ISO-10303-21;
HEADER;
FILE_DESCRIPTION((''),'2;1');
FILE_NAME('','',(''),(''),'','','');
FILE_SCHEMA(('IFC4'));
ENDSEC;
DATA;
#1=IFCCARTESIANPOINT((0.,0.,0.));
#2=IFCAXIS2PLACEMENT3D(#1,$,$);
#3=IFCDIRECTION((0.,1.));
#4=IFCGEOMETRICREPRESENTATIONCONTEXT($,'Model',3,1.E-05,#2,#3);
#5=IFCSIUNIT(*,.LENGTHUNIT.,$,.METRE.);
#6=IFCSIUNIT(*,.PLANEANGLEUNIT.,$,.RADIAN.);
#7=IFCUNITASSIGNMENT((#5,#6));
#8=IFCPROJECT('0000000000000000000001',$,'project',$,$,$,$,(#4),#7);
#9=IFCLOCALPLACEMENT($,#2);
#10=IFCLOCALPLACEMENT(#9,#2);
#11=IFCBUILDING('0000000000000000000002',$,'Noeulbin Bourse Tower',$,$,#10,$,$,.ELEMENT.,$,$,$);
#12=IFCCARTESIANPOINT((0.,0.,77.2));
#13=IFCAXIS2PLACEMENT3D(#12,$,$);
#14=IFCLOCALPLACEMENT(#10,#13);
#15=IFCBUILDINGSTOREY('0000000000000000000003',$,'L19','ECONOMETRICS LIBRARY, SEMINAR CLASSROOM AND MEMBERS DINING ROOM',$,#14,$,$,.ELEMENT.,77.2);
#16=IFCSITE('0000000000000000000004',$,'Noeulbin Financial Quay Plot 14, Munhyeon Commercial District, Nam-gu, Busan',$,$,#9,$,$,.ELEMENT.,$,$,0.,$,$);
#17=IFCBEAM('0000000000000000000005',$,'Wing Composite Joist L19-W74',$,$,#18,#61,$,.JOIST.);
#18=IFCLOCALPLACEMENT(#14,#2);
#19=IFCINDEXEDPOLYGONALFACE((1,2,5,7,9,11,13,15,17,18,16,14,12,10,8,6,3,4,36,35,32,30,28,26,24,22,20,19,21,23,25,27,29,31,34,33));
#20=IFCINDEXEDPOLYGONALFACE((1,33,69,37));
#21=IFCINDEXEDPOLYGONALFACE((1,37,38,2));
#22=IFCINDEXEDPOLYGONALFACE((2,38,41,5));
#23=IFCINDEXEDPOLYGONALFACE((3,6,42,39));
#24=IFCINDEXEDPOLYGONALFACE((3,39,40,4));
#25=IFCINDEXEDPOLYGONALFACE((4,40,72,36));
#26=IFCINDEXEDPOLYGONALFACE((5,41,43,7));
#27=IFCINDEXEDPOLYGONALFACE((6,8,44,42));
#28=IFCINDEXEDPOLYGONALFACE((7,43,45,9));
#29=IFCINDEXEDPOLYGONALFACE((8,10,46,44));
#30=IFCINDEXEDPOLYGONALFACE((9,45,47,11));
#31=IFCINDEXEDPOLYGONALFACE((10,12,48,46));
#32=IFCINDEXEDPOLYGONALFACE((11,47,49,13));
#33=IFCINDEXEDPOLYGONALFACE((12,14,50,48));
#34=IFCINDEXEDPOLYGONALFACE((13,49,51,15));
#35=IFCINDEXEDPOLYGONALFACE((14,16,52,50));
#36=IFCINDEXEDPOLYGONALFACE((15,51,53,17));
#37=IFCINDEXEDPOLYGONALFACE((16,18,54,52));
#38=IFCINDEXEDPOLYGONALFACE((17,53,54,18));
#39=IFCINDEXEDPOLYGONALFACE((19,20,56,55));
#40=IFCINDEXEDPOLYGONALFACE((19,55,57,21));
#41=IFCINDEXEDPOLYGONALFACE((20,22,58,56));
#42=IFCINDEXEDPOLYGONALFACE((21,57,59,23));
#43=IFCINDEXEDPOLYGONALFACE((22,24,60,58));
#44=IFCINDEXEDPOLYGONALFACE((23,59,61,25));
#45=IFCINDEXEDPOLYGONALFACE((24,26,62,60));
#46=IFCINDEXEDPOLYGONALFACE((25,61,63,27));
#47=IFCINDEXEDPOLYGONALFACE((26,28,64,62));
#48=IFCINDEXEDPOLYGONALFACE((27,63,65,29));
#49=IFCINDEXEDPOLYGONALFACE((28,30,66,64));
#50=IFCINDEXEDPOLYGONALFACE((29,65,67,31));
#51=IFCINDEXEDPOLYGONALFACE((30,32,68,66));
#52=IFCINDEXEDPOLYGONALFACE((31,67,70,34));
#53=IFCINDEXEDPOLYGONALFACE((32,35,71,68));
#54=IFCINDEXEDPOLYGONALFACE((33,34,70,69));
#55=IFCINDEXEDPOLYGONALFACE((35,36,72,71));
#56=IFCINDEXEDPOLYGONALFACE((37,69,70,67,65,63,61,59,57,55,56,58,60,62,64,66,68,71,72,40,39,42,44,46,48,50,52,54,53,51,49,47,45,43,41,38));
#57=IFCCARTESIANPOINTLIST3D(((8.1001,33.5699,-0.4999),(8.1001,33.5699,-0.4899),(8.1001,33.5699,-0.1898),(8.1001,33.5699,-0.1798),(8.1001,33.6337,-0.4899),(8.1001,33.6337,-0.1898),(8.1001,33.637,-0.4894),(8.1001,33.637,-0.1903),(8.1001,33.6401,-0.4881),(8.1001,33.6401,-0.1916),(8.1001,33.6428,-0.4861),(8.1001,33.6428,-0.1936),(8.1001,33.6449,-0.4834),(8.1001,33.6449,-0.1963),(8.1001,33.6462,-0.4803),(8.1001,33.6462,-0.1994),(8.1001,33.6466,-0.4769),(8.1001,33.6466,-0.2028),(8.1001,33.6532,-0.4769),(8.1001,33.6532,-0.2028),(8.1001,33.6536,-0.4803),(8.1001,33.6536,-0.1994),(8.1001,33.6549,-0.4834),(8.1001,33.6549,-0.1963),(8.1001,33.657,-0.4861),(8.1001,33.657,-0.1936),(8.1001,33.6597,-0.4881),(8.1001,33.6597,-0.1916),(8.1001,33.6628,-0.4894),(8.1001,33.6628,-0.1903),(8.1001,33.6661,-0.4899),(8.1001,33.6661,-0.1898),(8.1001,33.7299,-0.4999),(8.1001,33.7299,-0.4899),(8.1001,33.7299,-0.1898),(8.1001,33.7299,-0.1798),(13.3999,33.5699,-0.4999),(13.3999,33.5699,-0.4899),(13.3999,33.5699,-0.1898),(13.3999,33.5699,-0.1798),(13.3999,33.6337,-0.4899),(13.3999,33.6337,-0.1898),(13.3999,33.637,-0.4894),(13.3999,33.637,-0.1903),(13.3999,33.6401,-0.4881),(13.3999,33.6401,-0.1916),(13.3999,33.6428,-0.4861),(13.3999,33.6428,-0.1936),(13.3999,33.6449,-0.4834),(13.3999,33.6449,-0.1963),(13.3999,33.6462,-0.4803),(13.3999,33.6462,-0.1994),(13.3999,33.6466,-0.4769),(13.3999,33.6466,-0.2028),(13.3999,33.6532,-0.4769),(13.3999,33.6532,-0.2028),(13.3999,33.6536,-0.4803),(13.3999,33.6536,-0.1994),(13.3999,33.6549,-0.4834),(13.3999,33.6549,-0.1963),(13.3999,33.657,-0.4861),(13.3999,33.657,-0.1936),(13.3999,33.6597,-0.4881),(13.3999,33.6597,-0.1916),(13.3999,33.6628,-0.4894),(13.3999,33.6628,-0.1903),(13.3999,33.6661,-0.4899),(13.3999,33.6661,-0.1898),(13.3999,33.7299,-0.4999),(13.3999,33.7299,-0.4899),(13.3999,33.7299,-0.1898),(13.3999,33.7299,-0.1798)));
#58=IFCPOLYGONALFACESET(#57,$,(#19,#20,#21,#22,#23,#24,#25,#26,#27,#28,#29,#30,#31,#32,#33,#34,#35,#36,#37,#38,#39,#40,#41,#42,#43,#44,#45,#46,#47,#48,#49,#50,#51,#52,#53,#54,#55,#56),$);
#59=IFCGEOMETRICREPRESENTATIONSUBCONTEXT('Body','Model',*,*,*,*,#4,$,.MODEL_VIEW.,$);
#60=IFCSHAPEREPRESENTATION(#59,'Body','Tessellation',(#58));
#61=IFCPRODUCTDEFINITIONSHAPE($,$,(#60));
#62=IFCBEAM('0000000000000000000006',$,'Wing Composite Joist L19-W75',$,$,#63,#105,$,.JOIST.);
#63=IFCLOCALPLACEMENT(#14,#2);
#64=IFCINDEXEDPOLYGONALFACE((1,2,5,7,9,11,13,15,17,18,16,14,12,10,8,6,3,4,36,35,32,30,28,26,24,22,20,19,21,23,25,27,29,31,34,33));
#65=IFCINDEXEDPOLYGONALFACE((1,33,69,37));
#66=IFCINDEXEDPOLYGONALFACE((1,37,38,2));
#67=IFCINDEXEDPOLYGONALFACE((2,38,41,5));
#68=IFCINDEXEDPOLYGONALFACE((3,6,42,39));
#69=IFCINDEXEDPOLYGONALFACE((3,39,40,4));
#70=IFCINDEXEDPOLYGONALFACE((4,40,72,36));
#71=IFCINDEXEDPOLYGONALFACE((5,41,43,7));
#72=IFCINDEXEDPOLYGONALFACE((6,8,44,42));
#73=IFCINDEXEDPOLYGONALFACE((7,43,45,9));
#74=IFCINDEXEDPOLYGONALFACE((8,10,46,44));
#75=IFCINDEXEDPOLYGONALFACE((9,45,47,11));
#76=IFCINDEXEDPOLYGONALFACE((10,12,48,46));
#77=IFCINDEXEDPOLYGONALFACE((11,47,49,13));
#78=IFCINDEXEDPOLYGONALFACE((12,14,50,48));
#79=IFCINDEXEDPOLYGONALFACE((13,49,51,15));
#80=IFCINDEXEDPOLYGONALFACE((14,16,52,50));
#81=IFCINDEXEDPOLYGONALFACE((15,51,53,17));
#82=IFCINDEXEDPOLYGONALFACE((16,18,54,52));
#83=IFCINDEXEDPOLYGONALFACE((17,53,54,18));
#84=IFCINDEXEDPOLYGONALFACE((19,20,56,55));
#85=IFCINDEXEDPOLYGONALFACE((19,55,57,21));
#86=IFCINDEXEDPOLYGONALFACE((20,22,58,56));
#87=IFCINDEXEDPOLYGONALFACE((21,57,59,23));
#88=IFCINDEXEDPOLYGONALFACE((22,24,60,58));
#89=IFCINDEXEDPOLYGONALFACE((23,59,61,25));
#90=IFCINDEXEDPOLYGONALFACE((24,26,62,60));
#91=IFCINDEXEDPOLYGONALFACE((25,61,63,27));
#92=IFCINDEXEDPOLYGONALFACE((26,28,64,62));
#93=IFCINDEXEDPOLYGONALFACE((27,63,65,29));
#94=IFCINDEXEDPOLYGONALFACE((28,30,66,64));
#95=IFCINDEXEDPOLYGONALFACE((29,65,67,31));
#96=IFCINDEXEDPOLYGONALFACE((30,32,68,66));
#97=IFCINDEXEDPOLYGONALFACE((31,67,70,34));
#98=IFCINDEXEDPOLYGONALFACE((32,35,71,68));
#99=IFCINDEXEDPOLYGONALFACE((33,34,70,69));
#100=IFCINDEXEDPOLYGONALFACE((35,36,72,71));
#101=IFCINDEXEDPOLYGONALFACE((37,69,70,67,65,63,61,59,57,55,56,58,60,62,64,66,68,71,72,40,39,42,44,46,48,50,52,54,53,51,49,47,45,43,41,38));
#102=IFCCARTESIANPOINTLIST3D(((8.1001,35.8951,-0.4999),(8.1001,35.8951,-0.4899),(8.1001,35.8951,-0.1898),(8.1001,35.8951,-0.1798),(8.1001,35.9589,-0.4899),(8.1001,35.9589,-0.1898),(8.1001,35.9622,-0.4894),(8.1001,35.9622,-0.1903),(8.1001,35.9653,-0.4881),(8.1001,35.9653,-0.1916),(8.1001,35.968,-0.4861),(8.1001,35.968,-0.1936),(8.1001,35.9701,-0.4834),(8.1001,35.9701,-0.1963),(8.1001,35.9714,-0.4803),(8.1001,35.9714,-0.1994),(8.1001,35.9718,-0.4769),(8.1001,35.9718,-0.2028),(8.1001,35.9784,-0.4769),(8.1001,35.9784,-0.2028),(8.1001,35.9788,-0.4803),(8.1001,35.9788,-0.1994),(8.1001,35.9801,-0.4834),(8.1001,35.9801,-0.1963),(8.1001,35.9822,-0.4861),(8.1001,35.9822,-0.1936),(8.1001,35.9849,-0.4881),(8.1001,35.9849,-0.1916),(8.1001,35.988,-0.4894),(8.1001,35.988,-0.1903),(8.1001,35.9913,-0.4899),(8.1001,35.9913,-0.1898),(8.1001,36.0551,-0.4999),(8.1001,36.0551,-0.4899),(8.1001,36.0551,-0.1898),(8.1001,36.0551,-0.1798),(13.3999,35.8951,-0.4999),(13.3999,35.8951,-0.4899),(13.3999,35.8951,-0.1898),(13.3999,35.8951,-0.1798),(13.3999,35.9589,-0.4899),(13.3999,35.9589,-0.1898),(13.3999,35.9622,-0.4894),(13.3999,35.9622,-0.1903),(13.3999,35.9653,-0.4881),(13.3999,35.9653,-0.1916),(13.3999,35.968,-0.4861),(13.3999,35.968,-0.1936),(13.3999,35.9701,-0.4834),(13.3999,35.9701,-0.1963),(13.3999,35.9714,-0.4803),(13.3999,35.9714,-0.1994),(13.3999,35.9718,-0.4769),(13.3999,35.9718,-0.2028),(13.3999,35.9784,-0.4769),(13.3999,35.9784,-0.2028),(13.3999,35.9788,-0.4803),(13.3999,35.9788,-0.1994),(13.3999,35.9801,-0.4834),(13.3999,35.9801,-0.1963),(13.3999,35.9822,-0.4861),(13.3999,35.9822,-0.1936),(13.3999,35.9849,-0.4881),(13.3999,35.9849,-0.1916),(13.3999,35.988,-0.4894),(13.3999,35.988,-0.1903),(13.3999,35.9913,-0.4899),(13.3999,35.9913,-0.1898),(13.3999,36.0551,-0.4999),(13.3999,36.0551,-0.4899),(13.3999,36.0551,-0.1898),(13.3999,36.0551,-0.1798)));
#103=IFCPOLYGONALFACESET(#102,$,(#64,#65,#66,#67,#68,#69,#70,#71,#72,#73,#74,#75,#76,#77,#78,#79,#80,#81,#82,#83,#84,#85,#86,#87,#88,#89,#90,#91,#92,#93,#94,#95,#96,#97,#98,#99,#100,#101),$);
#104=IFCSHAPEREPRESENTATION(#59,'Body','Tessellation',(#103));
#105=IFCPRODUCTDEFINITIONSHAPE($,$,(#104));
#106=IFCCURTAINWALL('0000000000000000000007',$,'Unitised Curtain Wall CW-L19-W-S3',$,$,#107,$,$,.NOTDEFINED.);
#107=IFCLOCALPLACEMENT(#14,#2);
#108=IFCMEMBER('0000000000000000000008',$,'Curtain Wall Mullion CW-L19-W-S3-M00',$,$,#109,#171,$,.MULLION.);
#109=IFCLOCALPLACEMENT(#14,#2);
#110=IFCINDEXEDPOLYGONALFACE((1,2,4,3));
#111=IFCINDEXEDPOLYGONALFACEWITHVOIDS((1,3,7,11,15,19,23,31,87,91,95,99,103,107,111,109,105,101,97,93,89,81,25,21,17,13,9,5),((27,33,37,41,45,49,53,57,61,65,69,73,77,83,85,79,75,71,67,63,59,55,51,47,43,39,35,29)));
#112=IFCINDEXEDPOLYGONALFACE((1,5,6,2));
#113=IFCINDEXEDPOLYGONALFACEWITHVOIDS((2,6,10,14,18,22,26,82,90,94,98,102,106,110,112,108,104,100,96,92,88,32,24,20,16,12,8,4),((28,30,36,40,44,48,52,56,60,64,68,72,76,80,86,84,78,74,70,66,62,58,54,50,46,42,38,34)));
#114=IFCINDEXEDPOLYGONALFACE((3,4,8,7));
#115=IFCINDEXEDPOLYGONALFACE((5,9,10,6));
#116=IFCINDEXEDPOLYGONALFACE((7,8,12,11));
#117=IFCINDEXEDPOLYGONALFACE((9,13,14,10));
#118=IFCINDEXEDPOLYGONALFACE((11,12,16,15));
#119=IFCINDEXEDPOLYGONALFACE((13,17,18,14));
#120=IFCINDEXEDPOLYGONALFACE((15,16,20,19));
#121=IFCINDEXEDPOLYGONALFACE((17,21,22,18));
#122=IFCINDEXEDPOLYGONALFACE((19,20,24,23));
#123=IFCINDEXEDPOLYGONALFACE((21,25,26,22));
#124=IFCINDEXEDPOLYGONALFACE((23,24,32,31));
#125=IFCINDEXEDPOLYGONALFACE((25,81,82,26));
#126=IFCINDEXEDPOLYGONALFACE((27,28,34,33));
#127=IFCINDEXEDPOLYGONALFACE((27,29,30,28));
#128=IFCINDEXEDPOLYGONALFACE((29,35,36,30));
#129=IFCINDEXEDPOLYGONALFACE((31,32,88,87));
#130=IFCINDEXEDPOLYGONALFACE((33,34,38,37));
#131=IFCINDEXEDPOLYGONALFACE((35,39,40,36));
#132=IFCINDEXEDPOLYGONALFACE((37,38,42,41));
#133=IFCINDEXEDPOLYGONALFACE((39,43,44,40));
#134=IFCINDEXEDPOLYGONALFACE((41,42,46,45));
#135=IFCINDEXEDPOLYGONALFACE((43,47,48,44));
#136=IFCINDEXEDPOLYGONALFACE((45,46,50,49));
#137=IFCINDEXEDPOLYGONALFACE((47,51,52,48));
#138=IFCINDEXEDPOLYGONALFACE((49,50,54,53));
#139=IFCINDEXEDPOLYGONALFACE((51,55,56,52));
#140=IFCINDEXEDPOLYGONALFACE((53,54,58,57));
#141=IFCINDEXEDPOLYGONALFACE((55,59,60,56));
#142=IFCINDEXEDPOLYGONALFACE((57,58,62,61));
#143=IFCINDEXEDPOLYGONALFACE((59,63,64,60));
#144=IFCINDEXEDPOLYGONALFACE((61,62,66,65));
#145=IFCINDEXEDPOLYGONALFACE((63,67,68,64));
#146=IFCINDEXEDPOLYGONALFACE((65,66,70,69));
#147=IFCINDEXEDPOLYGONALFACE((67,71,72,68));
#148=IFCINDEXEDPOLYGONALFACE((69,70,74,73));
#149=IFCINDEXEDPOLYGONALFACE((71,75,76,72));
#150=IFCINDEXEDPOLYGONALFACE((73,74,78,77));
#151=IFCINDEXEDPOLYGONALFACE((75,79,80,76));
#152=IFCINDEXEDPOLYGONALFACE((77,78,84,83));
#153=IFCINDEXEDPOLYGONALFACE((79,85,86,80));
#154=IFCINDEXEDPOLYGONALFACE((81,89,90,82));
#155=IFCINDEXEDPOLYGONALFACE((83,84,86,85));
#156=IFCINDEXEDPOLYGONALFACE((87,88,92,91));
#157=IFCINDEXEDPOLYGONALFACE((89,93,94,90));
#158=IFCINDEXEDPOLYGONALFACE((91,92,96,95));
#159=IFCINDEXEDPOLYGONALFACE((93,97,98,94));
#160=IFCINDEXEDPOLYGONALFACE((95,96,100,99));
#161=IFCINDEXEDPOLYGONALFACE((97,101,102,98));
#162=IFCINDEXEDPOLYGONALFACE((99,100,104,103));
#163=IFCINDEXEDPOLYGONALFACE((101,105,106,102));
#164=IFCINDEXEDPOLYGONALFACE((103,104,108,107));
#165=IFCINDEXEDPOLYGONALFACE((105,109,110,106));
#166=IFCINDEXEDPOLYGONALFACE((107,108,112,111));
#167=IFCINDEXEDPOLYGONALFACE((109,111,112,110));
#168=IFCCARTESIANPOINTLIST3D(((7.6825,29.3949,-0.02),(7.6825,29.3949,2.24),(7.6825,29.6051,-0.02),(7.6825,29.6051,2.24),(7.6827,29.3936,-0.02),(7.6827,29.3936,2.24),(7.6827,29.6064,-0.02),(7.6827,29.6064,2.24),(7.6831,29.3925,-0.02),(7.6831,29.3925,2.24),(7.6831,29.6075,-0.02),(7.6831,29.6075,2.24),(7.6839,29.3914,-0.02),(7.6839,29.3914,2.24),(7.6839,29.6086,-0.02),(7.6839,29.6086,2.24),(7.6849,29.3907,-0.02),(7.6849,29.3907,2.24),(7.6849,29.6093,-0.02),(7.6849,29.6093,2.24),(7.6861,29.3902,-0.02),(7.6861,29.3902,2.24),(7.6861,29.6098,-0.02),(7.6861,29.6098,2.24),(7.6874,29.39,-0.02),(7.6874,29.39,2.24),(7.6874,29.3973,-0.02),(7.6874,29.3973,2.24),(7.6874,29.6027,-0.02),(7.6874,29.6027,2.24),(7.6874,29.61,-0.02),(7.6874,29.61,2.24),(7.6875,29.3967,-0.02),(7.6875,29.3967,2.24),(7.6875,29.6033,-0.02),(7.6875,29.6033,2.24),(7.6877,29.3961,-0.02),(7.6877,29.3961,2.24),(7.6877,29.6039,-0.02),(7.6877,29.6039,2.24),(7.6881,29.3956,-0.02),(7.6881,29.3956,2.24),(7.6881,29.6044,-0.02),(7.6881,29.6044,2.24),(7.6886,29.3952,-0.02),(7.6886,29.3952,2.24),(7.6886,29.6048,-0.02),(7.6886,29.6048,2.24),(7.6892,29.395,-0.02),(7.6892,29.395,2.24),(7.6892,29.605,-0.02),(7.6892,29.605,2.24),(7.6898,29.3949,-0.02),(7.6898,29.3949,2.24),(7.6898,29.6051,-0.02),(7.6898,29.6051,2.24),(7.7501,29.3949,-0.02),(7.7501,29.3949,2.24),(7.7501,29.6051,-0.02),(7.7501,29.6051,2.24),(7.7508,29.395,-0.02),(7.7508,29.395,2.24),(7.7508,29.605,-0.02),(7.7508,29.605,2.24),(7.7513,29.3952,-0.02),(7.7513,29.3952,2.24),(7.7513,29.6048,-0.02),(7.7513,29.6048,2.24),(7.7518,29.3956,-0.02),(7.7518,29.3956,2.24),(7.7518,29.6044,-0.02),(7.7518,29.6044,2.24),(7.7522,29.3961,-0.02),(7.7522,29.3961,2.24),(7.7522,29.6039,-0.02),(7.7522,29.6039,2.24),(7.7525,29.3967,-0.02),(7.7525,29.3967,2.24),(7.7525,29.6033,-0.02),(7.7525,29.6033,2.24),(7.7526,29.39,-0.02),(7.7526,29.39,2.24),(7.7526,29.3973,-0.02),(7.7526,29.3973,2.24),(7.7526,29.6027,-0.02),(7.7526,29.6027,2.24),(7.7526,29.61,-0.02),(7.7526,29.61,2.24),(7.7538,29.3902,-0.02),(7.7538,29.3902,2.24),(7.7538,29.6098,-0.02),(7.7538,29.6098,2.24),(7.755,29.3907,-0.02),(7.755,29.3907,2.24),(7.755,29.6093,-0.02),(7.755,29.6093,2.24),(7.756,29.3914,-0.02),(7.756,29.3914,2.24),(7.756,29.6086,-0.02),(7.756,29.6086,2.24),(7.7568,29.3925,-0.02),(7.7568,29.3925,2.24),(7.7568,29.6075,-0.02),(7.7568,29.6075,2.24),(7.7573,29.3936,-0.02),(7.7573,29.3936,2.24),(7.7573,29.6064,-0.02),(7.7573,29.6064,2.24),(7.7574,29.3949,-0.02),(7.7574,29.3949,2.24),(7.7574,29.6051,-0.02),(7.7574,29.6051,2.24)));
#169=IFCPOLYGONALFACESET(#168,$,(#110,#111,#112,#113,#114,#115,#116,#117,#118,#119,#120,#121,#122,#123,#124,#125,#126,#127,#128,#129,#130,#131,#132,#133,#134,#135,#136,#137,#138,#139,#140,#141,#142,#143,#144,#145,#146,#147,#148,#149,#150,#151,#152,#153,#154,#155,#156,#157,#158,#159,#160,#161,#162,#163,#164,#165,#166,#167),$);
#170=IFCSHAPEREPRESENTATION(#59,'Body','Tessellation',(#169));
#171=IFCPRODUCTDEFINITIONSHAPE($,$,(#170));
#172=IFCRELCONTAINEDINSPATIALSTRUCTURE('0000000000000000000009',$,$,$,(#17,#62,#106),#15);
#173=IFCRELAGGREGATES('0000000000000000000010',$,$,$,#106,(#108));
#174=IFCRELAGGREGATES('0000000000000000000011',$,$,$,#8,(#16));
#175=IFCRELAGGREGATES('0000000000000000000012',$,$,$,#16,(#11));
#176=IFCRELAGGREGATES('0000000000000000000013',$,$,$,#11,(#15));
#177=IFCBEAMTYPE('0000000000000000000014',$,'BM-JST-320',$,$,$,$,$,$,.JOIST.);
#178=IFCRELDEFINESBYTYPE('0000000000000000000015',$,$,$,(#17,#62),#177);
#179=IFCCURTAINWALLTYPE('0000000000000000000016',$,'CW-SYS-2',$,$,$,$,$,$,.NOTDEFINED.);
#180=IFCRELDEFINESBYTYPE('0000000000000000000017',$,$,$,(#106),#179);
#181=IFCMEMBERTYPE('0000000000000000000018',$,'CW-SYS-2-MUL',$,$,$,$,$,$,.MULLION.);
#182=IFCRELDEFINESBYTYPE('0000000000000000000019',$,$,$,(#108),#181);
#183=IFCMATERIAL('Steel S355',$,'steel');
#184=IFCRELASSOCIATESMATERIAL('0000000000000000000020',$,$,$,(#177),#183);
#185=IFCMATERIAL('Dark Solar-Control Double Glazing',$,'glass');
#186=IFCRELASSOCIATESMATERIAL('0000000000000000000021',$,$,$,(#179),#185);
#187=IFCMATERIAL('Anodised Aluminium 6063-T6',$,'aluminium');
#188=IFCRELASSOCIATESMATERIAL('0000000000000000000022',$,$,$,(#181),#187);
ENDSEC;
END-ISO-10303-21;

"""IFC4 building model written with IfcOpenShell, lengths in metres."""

from ifc_helpers import new_model, si_unit, direction, frame, origin, origin_2d, place, context, subcontext, project, spatial, hollow_rectangle, i_section, extrude, material, material_profile, profile_set, type_object, element, aggregate, save


model = new_model("IFC4")

# Units and contexts
model_context = context("Model", 3, precision=1e-05, world=origin(), true_north=direction((0.0, 1.0)))
body_context = subcontext(model_context, "Body", "Model", "MODEL_VIEW")
ifc_project = project(units=[si_unit("LENGTHUNIT", "METRE"), si_unit("PLANEANGLEUNIT", "RADIAN")], contexts=[model_context])

# Site, building, storey
site_placement = place(None, origin())
site = spatial("IfcSite", under=ifc_project, at=site_placement, Name="Noeulbin Financial Quay Plot 14, Munhyeon Commercial District, Nam-gu, Busan", CompositionType="ELEMENT", RefElevation=0.0)
building_placement = place(site_placement, origin())
building = spatial("IfcBuilding", under=site, at=building_placement, Name="Noeulbin Bourse Tower", CompositionType="ELEMENT")
storey_placement = place(building_placement, frame((0.0, 0.0, 77.2)))
storey = spatial("IfcBuildingStorey", under=building, at=storey_placement, Name="L19", Description="ECONOMETRICS LIBRARY, SEMINAR CLASSROOM AND MEMBERS DINING ROOM", CompositionType="ELEMENT", Elevation=77.2)

# Beams
ifc_material_1 = material(Name="Steel S355", Category="steel")
ifc_material_profile_1 = material_profile(ifc_material_1, i_section(OverallWidth=0.1599, OverallDepth=0.3201, WebThickness=0.0066, FlangeThickness=0.01, FilletRadius=0.0129, at=origin_2d()), Name="H-320x160x6.5x10", Category="LoadBearing")
ifc_profile_set_1 = profile_set([ifc_material_profile_1], Name="Steel S355")
beam_type_1 = type_object("IfcBeamType", Name="BM-JST-320", PredefinedType="JOIST", material=ifc_profile_set_1)
for number, where, z_axis, x_axis, name in (
    (1, (8.1001, 33.6499, -0.3398), (1.0, 0.0, 0.0), (0.0, 1.0, 0.0), "Wing Composite Joist L19-W74"),
    (2, (8.1001, 35.9751, -0.3398), (1.0, 0.0, 0.0), (0.0, 1.0, 0.0), "Wing Composite Joist L19-W75"),
):
    element("IfcBeam", number, at=place(storey_placement, frame(where, z_axis=z_axis, x_axis=x_axis)), inside=storey, type_object=beam_type_1, Name=name, PredefinedType="JOIST", context=body_context, shape_type="SweptSolid", body=[
        extrude(i_section(OverallWidth=0.1599, OverallDepth=0.3201, WebThickness=0.0066, FlangeThickness=0.01, FilletRadius=0.0129, at=origin_2d()), origin(), (0.0, 0.0, 1.0), 5.2998),
    ])

# Curtain wall, member
ifc_material_2 = material(Name="Dark Solar-Control Double Glazing", Category="glass")
curtain_wall_type = type_object("IfcCurtainWallType", Name="CW-SYS-2", PredefinedType="NOTDEFINED", material=ifc_material_2)
curtain_wall_placement = place(storey_placement, origin())
curtain_wall = element("IfcCurtainWall", 3, at=curtain_wall_placement, inside=storey, type_object=curtain_wall_type, Name="Unitised Curtain Wall CW-L19-W-S3", PredefinedType="NOTDEFINED")
ifc_material_3 = material(Name="Anodised Aluminium 6063-T6", Category="aluminium")
ifc_material_profile_2 = material_profile(ifc_material_3, hollow_rectangle(XDim=0.075, YDim=0.22, WallThickness=0.0049, InnerFilletRadius=0.0024, OuterFilletRadius=0.0049, at=origin_2d()), Name="ALU-MULL-75x220x5", Category="LoadBearing")
ifc_profile_set_2 = profile_set([ifc_material_profile_2], Name="Anodised Aluminium 6063-T6")
member_type_1 = type_object("IfcMemberType", Name="CW-SYS-2-MUL", PredefinedType="MULLION", material=ifc_profile_set_2)
member_1_placement = place(storey_placement, frame((7.72, 29.5, -0.02), z_axis=(0.0, 0.0, 1.0), x_axis=(1.0, 0.0, 0.0)))
member_1 = element("IfcMember", 4, at=member_1_placement, type_object=member_type_1, Name="Curtain Wall Mullion CW-L19-W-S3-M00", PredefinedType="MULLION", context=body_context, shape_type="SweptSolid", body=[
    extrude(hollow_rectangle(XDim=0.075, YDim=0.22, WallThickness=0.0049, InnerFilletRadius=0.0024, OuterFilletRadius=0.0049, at=origin_2d()), origin(), (0.0, 0.0, 1.0), 2.26),
])
aggregate(curtain_wall, [member_1])

save(model, "model.ifc")
